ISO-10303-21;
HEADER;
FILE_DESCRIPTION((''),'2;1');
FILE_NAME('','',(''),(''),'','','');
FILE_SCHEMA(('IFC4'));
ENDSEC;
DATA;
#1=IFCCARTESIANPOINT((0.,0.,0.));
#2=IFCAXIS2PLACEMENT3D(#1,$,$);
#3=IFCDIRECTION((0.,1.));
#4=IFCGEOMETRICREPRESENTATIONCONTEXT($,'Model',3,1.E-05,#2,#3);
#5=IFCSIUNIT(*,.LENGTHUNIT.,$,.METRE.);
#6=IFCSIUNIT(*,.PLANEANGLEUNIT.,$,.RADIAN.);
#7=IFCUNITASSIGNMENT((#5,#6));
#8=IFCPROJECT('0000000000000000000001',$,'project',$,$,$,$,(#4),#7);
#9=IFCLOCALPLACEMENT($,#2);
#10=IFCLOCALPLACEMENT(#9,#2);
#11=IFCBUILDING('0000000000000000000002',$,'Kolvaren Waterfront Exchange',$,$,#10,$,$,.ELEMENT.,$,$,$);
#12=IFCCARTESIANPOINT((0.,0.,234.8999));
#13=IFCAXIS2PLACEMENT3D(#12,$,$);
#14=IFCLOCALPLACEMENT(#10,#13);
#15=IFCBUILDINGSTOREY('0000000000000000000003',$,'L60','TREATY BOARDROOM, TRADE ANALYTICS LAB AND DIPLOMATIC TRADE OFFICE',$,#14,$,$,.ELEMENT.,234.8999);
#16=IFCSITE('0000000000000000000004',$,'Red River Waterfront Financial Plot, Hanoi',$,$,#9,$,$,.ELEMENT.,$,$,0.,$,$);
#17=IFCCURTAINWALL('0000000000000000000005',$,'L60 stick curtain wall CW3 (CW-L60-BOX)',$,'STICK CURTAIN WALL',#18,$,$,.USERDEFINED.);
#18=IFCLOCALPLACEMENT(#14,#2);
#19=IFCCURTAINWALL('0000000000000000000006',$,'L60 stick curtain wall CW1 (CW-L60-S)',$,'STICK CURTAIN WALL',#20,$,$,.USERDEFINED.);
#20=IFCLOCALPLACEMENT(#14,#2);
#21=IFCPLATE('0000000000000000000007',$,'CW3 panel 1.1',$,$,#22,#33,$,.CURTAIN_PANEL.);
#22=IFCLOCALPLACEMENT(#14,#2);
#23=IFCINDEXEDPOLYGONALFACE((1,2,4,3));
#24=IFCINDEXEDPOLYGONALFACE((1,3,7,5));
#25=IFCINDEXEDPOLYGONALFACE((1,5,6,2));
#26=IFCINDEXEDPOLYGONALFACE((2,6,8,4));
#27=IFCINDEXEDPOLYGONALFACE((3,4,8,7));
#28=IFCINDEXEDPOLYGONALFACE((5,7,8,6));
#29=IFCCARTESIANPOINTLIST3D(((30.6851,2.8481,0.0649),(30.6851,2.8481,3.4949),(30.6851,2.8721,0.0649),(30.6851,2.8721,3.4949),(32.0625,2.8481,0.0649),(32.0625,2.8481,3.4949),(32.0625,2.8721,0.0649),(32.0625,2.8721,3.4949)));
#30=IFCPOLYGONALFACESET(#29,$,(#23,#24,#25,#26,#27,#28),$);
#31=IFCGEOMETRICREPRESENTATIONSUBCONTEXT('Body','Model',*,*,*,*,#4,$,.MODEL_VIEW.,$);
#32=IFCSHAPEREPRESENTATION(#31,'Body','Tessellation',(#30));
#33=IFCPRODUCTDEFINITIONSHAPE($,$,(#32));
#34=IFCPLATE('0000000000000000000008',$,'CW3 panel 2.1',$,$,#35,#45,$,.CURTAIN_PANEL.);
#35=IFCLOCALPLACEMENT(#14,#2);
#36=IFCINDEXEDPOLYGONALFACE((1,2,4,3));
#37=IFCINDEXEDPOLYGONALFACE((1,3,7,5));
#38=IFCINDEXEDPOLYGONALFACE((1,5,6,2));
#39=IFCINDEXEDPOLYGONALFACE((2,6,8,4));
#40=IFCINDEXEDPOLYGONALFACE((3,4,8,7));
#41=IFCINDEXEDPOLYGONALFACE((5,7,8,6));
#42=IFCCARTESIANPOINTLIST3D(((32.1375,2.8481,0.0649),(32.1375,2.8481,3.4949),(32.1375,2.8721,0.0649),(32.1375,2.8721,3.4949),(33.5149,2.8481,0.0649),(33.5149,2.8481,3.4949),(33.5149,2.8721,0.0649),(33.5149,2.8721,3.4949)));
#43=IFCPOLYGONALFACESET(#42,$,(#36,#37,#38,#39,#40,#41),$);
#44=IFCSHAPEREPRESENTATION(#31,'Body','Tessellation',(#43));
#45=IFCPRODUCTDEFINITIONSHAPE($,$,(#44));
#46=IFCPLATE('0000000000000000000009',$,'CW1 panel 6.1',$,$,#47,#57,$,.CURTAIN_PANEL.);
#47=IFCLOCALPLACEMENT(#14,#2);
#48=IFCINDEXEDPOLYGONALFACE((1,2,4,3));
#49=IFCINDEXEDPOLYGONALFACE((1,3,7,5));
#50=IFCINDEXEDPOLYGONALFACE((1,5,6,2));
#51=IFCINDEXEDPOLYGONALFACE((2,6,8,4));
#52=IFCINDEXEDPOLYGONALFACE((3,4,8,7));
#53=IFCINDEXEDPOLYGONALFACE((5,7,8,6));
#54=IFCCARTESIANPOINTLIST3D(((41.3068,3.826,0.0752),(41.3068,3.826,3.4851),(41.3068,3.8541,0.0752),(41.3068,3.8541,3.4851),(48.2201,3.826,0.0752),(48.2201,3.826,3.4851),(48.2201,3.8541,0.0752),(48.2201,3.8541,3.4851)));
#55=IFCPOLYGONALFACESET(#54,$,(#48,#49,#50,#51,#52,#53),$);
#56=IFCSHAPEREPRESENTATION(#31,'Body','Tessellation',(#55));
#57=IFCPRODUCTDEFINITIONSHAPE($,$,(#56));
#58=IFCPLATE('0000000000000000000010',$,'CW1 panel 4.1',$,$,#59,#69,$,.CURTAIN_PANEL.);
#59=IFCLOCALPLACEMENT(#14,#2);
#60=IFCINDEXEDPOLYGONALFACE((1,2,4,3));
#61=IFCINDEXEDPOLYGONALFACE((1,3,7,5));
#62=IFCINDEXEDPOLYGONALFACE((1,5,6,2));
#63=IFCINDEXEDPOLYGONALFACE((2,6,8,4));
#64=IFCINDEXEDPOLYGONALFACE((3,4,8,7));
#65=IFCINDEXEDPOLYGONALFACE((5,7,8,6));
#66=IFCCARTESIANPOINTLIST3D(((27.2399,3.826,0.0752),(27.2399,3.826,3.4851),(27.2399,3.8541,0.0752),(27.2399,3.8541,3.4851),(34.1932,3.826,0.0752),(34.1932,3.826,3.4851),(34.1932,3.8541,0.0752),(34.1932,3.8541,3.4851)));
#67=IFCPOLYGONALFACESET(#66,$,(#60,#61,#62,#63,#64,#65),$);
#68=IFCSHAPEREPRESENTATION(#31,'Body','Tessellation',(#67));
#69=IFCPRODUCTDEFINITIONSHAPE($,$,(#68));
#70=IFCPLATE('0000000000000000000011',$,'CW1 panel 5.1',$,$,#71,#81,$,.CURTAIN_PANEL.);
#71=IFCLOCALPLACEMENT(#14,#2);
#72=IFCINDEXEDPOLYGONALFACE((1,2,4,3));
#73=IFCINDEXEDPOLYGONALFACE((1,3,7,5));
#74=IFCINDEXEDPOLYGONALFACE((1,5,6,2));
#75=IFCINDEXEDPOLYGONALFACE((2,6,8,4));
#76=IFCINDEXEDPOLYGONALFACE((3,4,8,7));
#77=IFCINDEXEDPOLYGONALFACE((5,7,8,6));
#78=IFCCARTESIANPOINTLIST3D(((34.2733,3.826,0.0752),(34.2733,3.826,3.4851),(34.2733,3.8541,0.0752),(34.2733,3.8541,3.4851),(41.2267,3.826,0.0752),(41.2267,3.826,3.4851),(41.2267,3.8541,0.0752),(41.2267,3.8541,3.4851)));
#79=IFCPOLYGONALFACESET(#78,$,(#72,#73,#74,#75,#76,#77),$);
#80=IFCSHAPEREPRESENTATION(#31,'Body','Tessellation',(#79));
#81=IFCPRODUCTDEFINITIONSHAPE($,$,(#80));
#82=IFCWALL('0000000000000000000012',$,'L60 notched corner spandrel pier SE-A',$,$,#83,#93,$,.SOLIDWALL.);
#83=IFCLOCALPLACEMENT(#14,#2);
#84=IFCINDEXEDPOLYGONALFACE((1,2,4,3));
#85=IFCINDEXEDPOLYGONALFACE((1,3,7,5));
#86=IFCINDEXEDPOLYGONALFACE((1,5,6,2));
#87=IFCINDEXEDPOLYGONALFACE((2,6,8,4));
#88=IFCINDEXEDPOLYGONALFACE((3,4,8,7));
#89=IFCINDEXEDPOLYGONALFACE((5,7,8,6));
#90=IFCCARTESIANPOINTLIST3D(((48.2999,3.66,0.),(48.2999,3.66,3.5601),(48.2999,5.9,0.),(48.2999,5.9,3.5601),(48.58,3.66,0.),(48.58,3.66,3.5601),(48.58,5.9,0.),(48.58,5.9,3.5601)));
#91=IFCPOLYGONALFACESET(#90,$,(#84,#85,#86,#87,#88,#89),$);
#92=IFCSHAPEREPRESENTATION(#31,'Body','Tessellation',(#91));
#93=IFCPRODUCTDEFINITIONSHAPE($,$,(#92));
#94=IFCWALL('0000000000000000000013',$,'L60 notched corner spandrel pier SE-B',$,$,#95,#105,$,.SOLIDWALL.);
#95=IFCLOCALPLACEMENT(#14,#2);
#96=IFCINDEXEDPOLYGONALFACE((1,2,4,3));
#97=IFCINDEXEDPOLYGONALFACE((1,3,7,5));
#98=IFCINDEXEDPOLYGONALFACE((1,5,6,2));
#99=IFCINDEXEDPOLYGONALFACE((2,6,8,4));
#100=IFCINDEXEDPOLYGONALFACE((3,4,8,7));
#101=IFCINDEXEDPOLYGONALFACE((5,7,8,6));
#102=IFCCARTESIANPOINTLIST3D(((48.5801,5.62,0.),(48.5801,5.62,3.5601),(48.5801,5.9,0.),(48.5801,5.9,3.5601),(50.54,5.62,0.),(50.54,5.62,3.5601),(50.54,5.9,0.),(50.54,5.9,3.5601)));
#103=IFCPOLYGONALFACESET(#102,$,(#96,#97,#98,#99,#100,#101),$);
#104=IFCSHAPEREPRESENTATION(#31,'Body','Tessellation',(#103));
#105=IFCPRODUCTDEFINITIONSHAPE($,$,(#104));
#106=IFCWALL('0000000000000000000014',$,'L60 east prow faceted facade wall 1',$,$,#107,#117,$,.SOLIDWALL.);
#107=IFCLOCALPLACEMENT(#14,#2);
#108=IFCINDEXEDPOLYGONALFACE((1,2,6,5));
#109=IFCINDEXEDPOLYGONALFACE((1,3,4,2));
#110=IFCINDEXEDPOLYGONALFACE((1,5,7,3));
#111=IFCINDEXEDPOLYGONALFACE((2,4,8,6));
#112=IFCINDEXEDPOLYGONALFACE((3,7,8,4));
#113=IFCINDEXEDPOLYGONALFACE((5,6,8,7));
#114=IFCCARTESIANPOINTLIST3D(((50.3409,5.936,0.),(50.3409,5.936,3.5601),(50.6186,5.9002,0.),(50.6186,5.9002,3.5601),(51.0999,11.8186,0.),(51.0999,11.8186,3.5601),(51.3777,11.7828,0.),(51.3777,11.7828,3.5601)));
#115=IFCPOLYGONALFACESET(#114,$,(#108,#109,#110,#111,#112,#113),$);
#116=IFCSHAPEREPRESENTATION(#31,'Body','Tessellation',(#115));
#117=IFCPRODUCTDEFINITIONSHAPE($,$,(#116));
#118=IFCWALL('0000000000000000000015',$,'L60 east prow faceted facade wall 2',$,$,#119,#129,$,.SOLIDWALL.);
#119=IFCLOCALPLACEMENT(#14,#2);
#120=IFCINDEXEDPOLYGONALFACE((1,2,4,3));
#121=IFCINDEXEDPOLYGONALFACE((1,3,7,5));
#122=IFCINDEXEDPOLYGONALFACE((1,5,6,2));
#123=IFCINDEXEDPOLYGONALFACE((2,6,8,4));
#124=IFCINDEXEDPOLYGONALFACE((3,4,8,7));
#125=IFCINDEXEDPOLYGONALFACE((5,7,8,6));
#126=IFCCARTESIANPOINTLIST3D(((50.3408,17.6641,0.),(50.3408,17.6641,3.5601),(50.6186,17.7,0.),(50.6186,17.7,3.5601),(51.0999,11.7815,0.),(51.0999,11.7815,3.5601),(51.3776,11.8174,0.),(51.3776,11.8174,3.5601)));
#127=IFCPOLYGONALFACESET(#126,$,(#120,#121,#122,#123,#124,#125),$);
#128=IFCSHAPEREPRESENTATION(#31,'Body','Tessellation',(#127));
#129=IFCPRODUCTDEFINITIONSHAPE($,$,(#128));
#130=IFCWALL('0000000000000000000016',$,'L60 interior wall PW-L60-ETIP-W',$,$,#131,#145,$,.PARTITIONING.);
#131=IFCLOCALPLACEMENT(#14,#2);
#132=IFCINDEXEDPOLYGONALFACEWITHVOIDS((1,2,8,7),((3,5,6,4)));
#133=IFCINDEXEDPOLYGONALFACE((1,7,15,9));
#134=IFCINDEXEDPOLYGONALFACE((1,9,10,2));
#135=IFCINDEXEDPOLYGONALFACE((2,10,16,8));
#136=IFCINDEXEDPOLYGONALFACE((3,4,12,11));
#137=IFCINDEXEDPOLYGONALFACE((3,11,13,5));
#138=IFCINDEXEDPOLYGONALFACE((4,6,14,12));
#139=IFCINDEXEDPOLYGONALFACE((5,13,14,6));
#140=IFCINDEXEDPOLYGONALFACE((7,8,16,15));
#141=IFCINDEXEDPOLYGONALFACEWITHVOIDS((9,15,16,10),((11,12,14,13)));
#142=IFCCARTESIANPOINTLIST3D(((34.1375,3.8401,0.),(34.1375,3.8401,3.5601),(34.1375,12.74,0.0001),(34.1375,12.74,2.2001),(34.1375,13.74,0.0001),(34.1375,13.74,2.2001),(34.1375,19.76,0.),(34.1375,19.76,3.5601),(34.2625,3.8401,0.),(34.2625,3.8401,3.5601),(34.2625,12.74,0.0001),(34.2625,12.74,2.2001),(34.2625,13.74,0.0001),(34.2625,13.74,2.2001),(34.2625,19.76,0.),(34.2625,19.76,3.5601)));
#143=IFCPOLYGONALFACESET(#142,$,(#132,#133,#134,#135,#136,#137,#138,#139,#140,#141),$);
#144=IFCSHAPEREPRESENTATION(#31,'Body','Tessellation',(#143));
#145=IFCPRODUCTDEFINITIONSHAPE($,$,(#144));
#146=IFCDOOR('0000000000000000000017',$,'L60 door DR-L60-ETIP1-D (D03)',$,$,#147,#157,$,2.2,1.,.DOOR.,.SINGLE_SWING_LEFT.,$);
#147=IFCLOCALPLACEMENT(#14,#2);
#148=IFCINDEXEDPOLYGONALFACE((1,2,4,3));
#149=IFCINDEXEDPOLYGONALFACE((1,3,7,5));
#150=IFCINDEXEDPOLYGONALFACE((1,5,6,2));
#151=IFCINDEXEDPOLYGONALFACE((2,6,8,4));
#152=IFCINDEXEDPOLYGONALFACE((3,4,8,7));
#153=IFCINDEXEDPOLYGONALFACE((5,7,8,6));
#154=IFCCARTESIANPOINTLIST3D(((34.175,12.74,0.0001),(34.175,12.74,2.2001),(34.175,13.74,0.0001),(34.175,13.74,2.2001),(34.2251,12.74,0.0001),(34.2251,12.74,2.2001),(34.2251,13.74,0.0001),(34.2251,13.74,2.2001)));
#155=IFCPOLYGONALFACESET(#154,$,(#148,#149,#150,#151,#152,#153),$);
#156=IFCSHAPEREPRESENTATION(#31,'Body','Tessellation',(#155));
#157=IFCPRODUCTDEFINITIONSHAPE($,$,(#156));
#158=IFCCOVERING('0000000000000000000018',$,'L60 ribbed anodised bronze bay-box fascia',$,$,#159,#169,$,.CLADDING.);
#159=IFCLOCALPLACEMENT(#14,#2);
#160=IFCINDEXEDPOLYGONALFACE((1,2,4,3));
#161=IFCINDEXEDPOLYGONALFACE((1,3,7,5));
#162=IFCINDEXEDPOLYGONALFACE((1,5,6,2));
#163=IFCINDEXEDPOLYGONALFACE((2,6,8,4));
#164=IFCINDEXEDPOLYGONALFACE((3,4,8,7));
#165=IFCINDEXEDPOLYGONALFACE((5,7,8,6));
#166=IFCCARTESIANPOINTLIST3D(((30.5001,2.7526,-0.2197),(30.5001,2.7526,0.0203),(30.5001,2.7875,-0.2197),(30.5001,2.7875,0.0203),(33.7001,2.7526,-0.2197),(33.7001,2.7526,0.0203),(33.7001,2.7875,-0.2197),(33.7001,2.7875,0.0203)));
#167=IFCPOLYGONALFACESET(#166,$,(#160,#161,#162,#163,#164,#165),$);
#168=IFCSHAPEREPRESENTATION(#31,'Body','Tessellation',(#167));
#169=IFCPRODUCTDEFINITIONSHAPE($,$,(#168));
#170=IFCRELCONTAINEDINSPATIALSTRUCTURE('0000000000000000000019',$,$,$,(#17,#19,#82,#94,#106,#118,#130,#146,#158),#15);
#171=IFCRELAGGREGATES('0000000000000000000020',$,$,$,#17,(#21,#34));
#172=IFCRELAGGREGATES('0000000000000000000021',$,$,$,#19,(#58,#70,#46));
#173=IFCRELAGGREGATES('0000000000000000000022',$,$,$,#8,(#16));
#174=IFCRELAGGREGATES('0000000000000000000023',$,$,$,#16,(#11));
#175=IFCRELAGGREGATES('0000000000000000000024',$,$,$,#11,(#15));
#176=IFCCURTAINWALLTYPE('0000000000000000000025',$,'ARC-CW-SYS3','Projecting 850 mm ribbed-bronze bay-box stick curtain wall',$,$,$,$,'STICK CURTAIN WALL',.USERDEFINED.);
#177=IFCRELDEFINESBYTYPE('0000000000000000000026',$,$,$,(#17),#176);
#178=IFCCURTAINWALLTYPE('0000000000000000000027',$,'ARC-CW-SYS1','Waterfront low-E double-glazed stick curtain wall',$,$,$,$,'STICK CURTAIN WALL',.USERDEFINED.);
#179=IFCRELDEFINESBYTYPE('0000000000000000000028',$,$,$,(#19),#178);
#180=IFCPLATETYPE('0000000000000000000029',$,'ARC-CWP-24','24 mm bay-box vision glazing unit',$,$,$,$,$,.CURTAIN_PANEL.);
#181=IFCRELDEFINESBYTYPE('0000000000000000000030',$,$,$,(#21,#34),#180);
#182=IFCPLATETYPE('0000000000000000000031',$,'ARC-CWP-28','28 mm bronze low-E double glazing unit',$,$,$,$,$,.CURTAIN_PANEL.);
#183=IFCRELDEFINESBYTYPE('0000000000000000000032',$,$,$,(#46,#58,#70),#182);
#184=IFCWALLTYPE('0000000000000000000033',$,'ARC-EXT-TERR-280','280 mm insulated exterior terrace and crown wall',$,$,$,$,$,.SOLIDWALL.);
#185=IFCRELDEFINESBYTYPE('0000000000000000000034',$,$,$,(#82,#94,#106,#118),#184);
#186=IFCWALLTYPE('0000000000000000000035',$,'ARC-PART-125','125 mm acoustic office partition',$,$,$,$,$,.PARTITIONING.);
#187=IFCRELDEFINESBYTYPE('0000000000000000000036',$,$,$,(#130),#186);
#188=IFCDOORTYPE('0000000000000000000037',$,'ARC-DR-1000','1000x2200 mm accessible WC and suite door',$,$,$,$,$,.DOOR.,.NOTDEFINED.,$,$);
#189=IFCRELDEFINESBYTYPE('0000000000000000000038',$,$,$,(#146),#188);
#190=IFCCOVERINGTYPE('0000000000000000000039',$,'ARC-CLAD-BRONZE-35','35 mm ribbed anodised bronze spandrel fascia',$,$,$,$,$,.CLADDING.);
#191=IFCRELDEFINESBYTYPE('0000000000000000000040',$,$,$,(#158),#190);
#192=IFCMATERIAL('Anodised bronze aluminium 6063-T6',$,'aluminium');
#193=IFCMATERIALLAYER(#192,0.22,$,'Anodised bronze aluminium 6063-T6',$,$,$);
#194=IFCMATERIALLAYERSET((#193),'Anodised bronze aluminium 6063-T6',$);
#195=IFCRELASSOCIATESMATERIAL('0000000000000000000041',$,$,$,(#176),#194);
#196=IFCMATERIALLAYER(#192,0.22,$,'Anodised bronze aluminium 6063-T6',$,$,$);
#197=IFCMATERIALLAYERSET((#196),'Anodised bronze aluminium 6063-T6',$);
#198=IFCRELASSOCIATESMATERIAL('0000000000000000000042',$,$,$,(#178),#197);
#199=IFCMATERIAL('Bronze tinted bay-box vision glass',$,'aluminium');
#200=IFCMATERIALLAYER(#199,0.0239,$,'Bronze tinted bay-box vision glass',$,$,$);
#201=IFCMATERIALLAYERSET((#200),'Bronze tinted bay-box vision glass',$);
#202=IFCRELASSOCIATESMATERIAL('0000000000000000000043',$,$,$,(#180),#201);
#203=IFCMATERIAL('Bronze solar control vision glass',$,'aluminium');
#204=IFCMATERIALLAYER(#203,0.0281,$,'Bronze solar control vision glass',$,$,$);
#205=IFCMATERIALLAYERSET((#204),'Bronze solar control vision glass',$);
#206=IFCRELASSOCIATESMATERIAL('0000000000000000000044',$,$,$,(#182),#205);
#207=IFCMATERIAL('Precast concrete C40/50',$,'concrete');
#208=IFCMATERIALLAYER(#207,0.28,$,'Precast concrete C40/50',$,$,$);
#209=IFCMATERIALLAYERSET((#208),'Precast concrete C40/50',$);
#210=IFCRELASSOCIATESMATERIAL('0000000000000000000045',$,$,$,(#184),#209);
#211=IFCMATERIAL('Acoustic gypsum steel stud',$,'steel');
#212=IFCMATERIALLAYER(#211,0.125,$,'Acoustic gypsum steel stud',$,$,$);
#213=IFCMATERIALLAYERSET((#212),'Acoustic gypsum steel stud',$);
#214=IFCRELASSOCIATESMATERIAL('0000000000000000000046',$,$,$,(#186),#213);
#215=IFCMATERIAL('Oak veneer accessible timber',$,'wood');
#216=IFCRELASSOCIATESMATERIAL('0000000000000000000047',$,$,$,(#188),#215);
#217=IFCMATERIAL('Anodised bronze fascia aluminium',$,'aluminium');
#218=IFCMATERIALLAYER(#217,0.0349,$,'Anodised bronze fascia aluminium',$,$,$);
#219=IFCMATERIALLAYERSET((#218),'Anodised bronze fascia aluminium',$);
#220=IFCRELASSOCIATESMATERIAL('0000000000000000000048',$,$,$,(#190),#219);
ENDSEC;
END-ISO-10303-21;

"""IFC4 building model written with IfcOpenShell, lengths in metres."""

from ifc_helpers import new_model, si_unit, direction, frame, frame_2d, origin, origin_with_axes, origin_2d, place, context, subcontext, project, spatial, rectangle, extrude, source, transform, mapped, material, layer, layer_set, type_object, element, fill, aggregate, save


model = new_model("IFC4")

# Units and contexts
model_context = context("Model", 3, precision=1e-05, world=origin(), true_north=direction((0.0, 1.0)))
body_context = subcontext(model_context, "Body", "Model", "MODEL_VIEW")
ifc_project = project(units=[si_unit("LENGTHUNIT", "METRE"), si_unit("PLANEANGLEUNIT", "RADIAN")], contexts=[model_context])

# Site, building, storey
site_placement = place(None, origin())
site = spatial("IfcSite", under=ifc_project, at=site_placement, Name="Red River Waterfront Financial Plot, Hanoi", CompositionType="ELEMENT", RefElevation=0.0)
building_placement = place(site_placement, origin())
building = spatial("IfcBuilding", under=site, at=building_placement, Name="Kolvaren Waterfront Exchange", CompositionType="ELEMENT")
storey_placement = place(building_placement, frame((0.0, 0.0, 234.8999)))
storey = spatial("IfcBuildingStorey", under=building, at=storey_placement, Name="L60", Description="TREATY BOARDROOM, TRADE ANALYTICS LAB AND DIPLOMATIC TRADE OFFICE", CompositionType="ELEMENT", Elevation=234.8999)

# Curtain wall
ifc_material_1 = material(Name="Anodised bronze aluminium 6063-T6", Category="aluminium")
ifc_layer_1 = layer(ifc_material_1, 0.22, Name="Anodised bronze aluminium 6063-T6")
ifc_layer_set_1 = layer_set([ifc_layer_1], Name="Anodised bronze aluminium 6063-T6")
curtain_wall_type_1 = type_object("IfcCurtainWallType", Name="ARC-CW-SYS3", Description="Projecting 850 mm ribbed-bronze bay-box stick curtain wall", ElementType="STICK CURTAIN WALL", PredefinedType="USERDEFINED", material=ifc_layer_set_1)
curtain_wall_1_placement = place(storey_placement, origin())
curtain_wall_1 = element("IfcCurtainWall", 1, at=curtain_wall_1_placement, inside=storey, type_object=curtain_wall_type_1, Name="L60 stick curtain wall CW3 (CW-L60-BOX)", ObjectType="STICK CURTAIN WALL", PredefinedType="USERDEFINED")

# Curtain wall
ifc_layer_2 = layer(ifc_material_1, 0.22, Name="Anodised bronze aluminium 6063-T6")
ifc_layer_set_2 = layer_set([ifc_layer_2], Name="Anodised bronze aluminium 6063-T6")
curtain_wall_type_2 = type_object("IfcCurtainWallType", Name="ARC-CW-SYS1", Description="Waterfront low-E double-glazed stick curtain wall", ElementType="STICK CURTAIN WALL", PredefinedType="USERDEFINED", material=ifc_layer_set_2)
curtain_wall_2_placement = place(storey_placement, origin())
curtain_wall_2 = element("IfcCurtainWall", 2, at=curtain_wall_2_placement, inside=storey, type_object=curtain_wall_type_2, Name="L60 stick curtain wall CW1 (CW-L60-S)", ObjectType="STICK CURTAIN WALL", PredefinedType="USERDEFINED")

# Plates
ifc_material_2 = material(Name="Bronze tinted bay-box vision glass", Category="aluminium")
ifc_layer_3 = layer(ifc_material_2, 0.0239, Name="Bronze tinted bay-box vision glass")
ifc_layer_set_3 = layer_set([ifc_layer_3], Name="Bronze tinted bay-box vision glass")
plate_type_1 = type_object("IfcPlateType", Name="ARC-CWP-24", Description="24 mm bay-box vision glazing unit", PredefinedType="CURTAIN_PANEL", material=ifc_layer_set_3)
shared_shape_1 = source(origin_with_axes(), body_context, "Body", "SweptSolid", [
    extrude(rectangle(XDim=1.3774, YDim=0.0239, at=origin_2d()), origin(), (0.0, 0.0, 1.0), 3.4299),
])
plate_1_placement = place(storey_placement, frame((31.3738, 2.8601, 0.0649), z_axis=(0.0, 0.0, 1.0), x_axis=(1.0, 0.0, 0.0)))
plate_1 = element("IfcPlate", 3, at=plate_1_placement, type_object=plate_type_1, Name="CW3 panel 1.1", PredefinedType="CURTAIN_PANEL", context=body_context, shape_type="MappedRepresentation", body=[
    mapped(shared_shape_1, transform((0.0, 0.0, 0.0), x_axis=(1.0, 0.0, 0.0), y_axis=(0.0, 1.0, 0.0), z_axis=(0.0, 0.0, 1.0), scale=1.0)),
])
plate_2_placement = place(storey_placement, frame((32.8262, 2.8601, 0.0649), z_axis=(0.0, 0.0, 1.0), x_axis=(1.0, 0.0, 0.0)))
plate_2 = element("IfcPlate", 4, at=plate_2_placement, type_object=plate_type_1, Name="CW3 panel 2.1", PredefinedType="CURTAIN_PANEL", context=body_context, shape_type="MappedRepresentation", body=[
    mapped(shared_shape_1, transform((0.0, 0.0, 0.0), x_axis=(1.0, 0.0, 0.0), y_axis=(0.0, 1.0, 0.0), z_axis=(0.0, 0.0, 1.0), scale=1.0)),
])
aggregate(curtain_wall_1, [plate_1, plate_2])
ifc_material_3 = material(Name="Bronze solar control vision glass", Category="aluminium")
ifc_layer_4 = layer(ifc_material_3, 0.0281, Name="Bronze solar control vision glass")
ifc_layer_set_4 = layer_set([ifc_layer_4], Name="Bronze solar control vision glass")
plate_type_2 = type_object("IfcPlateType", Name="ARC-CWP-28", Description="28 mm bronze low-E double glazing unit", PredefinedType="CURTAIN_PANEL", material=ifc_layer_set_4)
shared_shape_2 = source(origin_with_axes(), body_context, "Body", "SweptSolid", [
    extrude(rectangle(XDim=6.9133, YDim=0.0281, at=origin_2d()), origin(), (0.0, 0.0, 1.0), 3.4099),
])
plate_3_placement = place(storey_placement, frame((44.7634, 3.8401, 0.0752), z_axis=(0.0, 0.0, 1.0), x_axis=(1.0, 0.0, 0.0)))
plate_3 = element("IfcPlate", 5, at=plate_3_placement, type_object=plate_type_2, Name="CW1 panel 6.1", PredefinedType="CURTAIN_PANEL", context=body_context, shape_type="MappedRepresentation", body=[
    mapped(shared_shape_2, transform((0.0, 0.0, 0.0), x_axis=(1.0, 0.0, 0.0), y_axis=(0.0, 1.0, 0.0), z_axis=(0.0, 0.0, 1.0), scale=1.0)),
])
shared_shape_3 = source(origin_with_axes(), body_context, "Body", "SweptSolid", [
    extrude(rectangle(XDim=6.9534, YDim=0.0281, at=origin_2d()), origin(), (0.0, 0.0, 1.0), 3.4099),
])
plate_4_placement = place(storey_placement, frame((30.7166, 3.8401, 0.0752), z_axis=(0.0, 0.0, 1.0), x_axis=(1.0, 0.0, 0.0)))
plate_4 = element("IfcPlate", 6, at=plate_4_placement, type_object=plate_type_2, Name="CW1 panel 4.1", PredefinedType="CURTAIN_PANEL", context=body_context, shape_type="MappedRepresentation", body=[
    mapped(shared_shape_3, transform((0.0, 0.0, 0.0), x_axis=(1.0, 0.0, 0.0), y_axis=(0.0, 1.0, 0.0), z_axis=(0.0, 0.0, 1.0), scale=1.0)),
])
plate_5_placement = place(storey_placement, frame((37.75, 3.8401, 0.0752), z_axis=(0.0, 0.0, 1.0), x_axis=(1.0, 0.0, 0.0)))
plate_5 = element("IfcPlate", 7, at=plate_5_placement, type_object=plate_type_2, Name="CW1 panel 5.1", PredefinedType="CURTAIN_PANEL", context=body_context, shape_type="MappedRepresentation", body=[
    mapped(shared_shape_3, transform((0.0, 0.0, 0.0), x_axis=(1.0, 0.0, 0.0), y_axis=(0.0, 1.0, 0.0), z_axis=(0.0, 0.0, 1.0), scale=1.0)),
])
aggregate(curtain_wall_2, [plate_4, plate_5, plate_3])

# Walls
ifc_material_4 = material(Name="Precast concrete C40/50", Category="concrete")
ifc_layer_5 = layer(ifc_material_4, 0.28, Name="Precast concrete C40/50")
ifc_layer_set_5 = layer_set([ifc_layer_5], Name="Precast concrete C40/50")
wall_type_1 = type_object("IfcWallType", Name="ARC-EXT-TERR-280", Description="280 mm insulated exterior terrace and crown wall", PredefinedType="SOLIDWALL", material=ifc_layer_set_5)
wall_1_placement = place(storey_placement, frame((48.4399, 3.6599, 0.0), z_axis=(0.0, 0.0, 1.0), x_axis=(0.0, 1.0, 0.0)))
element("IfcWall", 8, at=wall_1_placement, inside=storey, type_object=wall_type_1, Name="L60 notched corner spandrel pier SE-A", PredefinedType="SOLIDWALL", context=body_context, shape_type="SweptSolid", body=[
    extrude(rectangle(XDim=2.24, YDim=0.28, at=frame_2d((1.1201, 0.0))), origin(), (0.0, 0.0, 1.0), 3.5601),
])
wall_2_placement = place(storey_placement, frame((48.5801, 5.76, 0.0), z_axis=(0.0, 0.0, 1.0), x_axis=(1.0, 0.0, 0.0)))
element("IfcWall", 9, at=wall_2_placement, inside=storey, type_object=wall_type_1, Name="L60 notched corner spandrel pier SE-B", PredefinedType="SOLIDWALL", context=body_context, shape_type="SweptSolid", body=[
    extrude(rectangle(XDim=1.96, YDim=0.28, at=frame_2d((0.98, 0.0))), origin(), (0.0, 0.0, 1.0), 3.5601),
])
for number, where, z_axis, x_axis, name in (
    (10, (50.4797, 5.918, 0.0), (0.0, 0.0, 1.0), (0.12797, 0.991778, 0.0), "L60 east prow faceted facade wall 1"),
    (11, (51.2388, 11.7993, 0.0), (0.0, 0.0, 1.0), (-0.12797, 0.991778, 0.0), "L60 east prow faceted facade wall 2"),
):
    element("IfcWall", number, at=place(storey_placement, frame(where, z_axis=z_axis, x_axis=x_axis)), inside=storey, type_object=wall_type_1, Name=name, PredefinedType="SOLIDWALL", context=body_context, shape_type="SweptSolid", body=[
        extrude(rectangle(XDim=5.9314, YDim=0.28, at=frame_2d((2.9658, 0.0))), origin(), (0.0, 0.0, 1.0), 3.5601),
    ])

# Wall, opening, door
ifc_material_5 = material(Name="Acoustic gypsum steel stud", Category="steel")
ifc_layer_6 = layer(ifc_material_5, 0.125, Name="Acoustic gypsum steel stud")
ifc_layer_set_6 = layer_set([ifc_layer_6], Name="Acoustic gypsum steel stud")
wall_type_2 = type_object("IfcWallType", Name="ARC-PART-125", Description="125 mm acoustic office partition", PredefinedType="PARTITIONING", material=ifc_layer_set_6)
wall_3_placement = place(storey_placement, frame((34.2, 3.8401, 0.0), z_axis=(0.0, 0.0, 1.0), x_axis=(0.0, 1.0, 0.0)))
wall_3 = element("IfcWall", 12, at=wall_3_placement, inside=storey, type_object=wall_type_2, Name="L60 interior wall PW-L60-ETIP-W", PredefinedType="PARTITIONING", context=body_context, shape_type="SweptSolid", body=[
    extrude(rectangle(XDim=15.9199, YDim=0.125, at=frame_2d((7.96, 0.0))), origin(), (0.0, 0.0, 1.0), 3.5601),
])
opening_placement = place(wall_3_placement, frame((8.8999, 0.0, 0.0)))
opening = element("IfcOpeningElement", 13, at=opening_placement, cuts=wall_3, PredefinedType="OPENING", context=body_context, shape_type="SweptSolid", body=[
    extrude(rectangle(XDim=1.0, YDim=2.2, at=frame_2d((0.5, 1.1001))), frame((0.0, 0.0725, 0.0), z_axis=(0.0, -1.0, 0.0), x_axis=(1.0, 0.0, 0.0)), (0.0, 0.0, 1.0), 0.145),
])
ifc_material_6 = material(Name="Oak veneer accessible timber", Category="wood")
door_type = type_object("IfcDoorType", Name="ARC-DR-1000", Description="1000x2200 mm accessible WC and suite door", OperationType="NOTDEFINED", PredefinedType="DOOR", material=ifc_material_6)
door_placement = place(opening_placement, origin())
door = element("IfcDoor", 14, at=door_placement, inside=storey, type_object=door_type, Name="L60 door DR-L60-ETIP1-D (D03)", OperationType="SINGLE_SWING_LEFT", OverallHeight=2.2, OverallWidth=1.0, PredefinedType="DOOR", context=body_context, shape_type="SweptSolid", body=[
    extrude(rectangle(XDim=1.0, YDim=2.2, at=frame_2d((0.5, 1.1001))), frame((0.0, 0.0249, 0.0), z_axis=(0.0, -1.0, 0.0), x_axis=(1.0, 0.0, 0.0)), (0.0, 0.0, 1.0), 0.05),
])
fill(opening, door)

# Covering
ifc_material_7 = material(Name="Anodised bronze fascia aluminium", Category="aluminium")
ifc_layer_7 = layer(ifc_material_7, 0.0349, Name="Anodised bronze fascia aluminium")
ifc_layer_set_7 = layer_set([ifc_layer_7], Name="Anodised bronze fascia aluminium")
covering_type = type_object("IfcCoveringType", Name="ARC-CLAD-BRONZE-35", Description="35 mm ribbed anodised bronze spandrel fascia", PredefinedType="CLADDING", material=ifc_layer_set_7)
covering_placement = place(storey_placement, frame((32.1001, 2.77, -0.2197), z_axis=(0.0, 0.0, 1.0), x_axis=(1.0, 0.0, 0.0)))
element("IfcCovering", 15, at=covering_placement, inside=storey, type_object=covering_type, Name="L60 ribbed anodised bronze bay-box fascia", PredefinedType="CLADDING", context=body_context, shape_type="SweptSolid", body=[
    extrude(rectangle(XDim=3.2, YDim=0.0349, at=origin_2d()), origin(), (0.0, 0.0, 1.0), 0.24),
])

save(model, "model.ifc")
